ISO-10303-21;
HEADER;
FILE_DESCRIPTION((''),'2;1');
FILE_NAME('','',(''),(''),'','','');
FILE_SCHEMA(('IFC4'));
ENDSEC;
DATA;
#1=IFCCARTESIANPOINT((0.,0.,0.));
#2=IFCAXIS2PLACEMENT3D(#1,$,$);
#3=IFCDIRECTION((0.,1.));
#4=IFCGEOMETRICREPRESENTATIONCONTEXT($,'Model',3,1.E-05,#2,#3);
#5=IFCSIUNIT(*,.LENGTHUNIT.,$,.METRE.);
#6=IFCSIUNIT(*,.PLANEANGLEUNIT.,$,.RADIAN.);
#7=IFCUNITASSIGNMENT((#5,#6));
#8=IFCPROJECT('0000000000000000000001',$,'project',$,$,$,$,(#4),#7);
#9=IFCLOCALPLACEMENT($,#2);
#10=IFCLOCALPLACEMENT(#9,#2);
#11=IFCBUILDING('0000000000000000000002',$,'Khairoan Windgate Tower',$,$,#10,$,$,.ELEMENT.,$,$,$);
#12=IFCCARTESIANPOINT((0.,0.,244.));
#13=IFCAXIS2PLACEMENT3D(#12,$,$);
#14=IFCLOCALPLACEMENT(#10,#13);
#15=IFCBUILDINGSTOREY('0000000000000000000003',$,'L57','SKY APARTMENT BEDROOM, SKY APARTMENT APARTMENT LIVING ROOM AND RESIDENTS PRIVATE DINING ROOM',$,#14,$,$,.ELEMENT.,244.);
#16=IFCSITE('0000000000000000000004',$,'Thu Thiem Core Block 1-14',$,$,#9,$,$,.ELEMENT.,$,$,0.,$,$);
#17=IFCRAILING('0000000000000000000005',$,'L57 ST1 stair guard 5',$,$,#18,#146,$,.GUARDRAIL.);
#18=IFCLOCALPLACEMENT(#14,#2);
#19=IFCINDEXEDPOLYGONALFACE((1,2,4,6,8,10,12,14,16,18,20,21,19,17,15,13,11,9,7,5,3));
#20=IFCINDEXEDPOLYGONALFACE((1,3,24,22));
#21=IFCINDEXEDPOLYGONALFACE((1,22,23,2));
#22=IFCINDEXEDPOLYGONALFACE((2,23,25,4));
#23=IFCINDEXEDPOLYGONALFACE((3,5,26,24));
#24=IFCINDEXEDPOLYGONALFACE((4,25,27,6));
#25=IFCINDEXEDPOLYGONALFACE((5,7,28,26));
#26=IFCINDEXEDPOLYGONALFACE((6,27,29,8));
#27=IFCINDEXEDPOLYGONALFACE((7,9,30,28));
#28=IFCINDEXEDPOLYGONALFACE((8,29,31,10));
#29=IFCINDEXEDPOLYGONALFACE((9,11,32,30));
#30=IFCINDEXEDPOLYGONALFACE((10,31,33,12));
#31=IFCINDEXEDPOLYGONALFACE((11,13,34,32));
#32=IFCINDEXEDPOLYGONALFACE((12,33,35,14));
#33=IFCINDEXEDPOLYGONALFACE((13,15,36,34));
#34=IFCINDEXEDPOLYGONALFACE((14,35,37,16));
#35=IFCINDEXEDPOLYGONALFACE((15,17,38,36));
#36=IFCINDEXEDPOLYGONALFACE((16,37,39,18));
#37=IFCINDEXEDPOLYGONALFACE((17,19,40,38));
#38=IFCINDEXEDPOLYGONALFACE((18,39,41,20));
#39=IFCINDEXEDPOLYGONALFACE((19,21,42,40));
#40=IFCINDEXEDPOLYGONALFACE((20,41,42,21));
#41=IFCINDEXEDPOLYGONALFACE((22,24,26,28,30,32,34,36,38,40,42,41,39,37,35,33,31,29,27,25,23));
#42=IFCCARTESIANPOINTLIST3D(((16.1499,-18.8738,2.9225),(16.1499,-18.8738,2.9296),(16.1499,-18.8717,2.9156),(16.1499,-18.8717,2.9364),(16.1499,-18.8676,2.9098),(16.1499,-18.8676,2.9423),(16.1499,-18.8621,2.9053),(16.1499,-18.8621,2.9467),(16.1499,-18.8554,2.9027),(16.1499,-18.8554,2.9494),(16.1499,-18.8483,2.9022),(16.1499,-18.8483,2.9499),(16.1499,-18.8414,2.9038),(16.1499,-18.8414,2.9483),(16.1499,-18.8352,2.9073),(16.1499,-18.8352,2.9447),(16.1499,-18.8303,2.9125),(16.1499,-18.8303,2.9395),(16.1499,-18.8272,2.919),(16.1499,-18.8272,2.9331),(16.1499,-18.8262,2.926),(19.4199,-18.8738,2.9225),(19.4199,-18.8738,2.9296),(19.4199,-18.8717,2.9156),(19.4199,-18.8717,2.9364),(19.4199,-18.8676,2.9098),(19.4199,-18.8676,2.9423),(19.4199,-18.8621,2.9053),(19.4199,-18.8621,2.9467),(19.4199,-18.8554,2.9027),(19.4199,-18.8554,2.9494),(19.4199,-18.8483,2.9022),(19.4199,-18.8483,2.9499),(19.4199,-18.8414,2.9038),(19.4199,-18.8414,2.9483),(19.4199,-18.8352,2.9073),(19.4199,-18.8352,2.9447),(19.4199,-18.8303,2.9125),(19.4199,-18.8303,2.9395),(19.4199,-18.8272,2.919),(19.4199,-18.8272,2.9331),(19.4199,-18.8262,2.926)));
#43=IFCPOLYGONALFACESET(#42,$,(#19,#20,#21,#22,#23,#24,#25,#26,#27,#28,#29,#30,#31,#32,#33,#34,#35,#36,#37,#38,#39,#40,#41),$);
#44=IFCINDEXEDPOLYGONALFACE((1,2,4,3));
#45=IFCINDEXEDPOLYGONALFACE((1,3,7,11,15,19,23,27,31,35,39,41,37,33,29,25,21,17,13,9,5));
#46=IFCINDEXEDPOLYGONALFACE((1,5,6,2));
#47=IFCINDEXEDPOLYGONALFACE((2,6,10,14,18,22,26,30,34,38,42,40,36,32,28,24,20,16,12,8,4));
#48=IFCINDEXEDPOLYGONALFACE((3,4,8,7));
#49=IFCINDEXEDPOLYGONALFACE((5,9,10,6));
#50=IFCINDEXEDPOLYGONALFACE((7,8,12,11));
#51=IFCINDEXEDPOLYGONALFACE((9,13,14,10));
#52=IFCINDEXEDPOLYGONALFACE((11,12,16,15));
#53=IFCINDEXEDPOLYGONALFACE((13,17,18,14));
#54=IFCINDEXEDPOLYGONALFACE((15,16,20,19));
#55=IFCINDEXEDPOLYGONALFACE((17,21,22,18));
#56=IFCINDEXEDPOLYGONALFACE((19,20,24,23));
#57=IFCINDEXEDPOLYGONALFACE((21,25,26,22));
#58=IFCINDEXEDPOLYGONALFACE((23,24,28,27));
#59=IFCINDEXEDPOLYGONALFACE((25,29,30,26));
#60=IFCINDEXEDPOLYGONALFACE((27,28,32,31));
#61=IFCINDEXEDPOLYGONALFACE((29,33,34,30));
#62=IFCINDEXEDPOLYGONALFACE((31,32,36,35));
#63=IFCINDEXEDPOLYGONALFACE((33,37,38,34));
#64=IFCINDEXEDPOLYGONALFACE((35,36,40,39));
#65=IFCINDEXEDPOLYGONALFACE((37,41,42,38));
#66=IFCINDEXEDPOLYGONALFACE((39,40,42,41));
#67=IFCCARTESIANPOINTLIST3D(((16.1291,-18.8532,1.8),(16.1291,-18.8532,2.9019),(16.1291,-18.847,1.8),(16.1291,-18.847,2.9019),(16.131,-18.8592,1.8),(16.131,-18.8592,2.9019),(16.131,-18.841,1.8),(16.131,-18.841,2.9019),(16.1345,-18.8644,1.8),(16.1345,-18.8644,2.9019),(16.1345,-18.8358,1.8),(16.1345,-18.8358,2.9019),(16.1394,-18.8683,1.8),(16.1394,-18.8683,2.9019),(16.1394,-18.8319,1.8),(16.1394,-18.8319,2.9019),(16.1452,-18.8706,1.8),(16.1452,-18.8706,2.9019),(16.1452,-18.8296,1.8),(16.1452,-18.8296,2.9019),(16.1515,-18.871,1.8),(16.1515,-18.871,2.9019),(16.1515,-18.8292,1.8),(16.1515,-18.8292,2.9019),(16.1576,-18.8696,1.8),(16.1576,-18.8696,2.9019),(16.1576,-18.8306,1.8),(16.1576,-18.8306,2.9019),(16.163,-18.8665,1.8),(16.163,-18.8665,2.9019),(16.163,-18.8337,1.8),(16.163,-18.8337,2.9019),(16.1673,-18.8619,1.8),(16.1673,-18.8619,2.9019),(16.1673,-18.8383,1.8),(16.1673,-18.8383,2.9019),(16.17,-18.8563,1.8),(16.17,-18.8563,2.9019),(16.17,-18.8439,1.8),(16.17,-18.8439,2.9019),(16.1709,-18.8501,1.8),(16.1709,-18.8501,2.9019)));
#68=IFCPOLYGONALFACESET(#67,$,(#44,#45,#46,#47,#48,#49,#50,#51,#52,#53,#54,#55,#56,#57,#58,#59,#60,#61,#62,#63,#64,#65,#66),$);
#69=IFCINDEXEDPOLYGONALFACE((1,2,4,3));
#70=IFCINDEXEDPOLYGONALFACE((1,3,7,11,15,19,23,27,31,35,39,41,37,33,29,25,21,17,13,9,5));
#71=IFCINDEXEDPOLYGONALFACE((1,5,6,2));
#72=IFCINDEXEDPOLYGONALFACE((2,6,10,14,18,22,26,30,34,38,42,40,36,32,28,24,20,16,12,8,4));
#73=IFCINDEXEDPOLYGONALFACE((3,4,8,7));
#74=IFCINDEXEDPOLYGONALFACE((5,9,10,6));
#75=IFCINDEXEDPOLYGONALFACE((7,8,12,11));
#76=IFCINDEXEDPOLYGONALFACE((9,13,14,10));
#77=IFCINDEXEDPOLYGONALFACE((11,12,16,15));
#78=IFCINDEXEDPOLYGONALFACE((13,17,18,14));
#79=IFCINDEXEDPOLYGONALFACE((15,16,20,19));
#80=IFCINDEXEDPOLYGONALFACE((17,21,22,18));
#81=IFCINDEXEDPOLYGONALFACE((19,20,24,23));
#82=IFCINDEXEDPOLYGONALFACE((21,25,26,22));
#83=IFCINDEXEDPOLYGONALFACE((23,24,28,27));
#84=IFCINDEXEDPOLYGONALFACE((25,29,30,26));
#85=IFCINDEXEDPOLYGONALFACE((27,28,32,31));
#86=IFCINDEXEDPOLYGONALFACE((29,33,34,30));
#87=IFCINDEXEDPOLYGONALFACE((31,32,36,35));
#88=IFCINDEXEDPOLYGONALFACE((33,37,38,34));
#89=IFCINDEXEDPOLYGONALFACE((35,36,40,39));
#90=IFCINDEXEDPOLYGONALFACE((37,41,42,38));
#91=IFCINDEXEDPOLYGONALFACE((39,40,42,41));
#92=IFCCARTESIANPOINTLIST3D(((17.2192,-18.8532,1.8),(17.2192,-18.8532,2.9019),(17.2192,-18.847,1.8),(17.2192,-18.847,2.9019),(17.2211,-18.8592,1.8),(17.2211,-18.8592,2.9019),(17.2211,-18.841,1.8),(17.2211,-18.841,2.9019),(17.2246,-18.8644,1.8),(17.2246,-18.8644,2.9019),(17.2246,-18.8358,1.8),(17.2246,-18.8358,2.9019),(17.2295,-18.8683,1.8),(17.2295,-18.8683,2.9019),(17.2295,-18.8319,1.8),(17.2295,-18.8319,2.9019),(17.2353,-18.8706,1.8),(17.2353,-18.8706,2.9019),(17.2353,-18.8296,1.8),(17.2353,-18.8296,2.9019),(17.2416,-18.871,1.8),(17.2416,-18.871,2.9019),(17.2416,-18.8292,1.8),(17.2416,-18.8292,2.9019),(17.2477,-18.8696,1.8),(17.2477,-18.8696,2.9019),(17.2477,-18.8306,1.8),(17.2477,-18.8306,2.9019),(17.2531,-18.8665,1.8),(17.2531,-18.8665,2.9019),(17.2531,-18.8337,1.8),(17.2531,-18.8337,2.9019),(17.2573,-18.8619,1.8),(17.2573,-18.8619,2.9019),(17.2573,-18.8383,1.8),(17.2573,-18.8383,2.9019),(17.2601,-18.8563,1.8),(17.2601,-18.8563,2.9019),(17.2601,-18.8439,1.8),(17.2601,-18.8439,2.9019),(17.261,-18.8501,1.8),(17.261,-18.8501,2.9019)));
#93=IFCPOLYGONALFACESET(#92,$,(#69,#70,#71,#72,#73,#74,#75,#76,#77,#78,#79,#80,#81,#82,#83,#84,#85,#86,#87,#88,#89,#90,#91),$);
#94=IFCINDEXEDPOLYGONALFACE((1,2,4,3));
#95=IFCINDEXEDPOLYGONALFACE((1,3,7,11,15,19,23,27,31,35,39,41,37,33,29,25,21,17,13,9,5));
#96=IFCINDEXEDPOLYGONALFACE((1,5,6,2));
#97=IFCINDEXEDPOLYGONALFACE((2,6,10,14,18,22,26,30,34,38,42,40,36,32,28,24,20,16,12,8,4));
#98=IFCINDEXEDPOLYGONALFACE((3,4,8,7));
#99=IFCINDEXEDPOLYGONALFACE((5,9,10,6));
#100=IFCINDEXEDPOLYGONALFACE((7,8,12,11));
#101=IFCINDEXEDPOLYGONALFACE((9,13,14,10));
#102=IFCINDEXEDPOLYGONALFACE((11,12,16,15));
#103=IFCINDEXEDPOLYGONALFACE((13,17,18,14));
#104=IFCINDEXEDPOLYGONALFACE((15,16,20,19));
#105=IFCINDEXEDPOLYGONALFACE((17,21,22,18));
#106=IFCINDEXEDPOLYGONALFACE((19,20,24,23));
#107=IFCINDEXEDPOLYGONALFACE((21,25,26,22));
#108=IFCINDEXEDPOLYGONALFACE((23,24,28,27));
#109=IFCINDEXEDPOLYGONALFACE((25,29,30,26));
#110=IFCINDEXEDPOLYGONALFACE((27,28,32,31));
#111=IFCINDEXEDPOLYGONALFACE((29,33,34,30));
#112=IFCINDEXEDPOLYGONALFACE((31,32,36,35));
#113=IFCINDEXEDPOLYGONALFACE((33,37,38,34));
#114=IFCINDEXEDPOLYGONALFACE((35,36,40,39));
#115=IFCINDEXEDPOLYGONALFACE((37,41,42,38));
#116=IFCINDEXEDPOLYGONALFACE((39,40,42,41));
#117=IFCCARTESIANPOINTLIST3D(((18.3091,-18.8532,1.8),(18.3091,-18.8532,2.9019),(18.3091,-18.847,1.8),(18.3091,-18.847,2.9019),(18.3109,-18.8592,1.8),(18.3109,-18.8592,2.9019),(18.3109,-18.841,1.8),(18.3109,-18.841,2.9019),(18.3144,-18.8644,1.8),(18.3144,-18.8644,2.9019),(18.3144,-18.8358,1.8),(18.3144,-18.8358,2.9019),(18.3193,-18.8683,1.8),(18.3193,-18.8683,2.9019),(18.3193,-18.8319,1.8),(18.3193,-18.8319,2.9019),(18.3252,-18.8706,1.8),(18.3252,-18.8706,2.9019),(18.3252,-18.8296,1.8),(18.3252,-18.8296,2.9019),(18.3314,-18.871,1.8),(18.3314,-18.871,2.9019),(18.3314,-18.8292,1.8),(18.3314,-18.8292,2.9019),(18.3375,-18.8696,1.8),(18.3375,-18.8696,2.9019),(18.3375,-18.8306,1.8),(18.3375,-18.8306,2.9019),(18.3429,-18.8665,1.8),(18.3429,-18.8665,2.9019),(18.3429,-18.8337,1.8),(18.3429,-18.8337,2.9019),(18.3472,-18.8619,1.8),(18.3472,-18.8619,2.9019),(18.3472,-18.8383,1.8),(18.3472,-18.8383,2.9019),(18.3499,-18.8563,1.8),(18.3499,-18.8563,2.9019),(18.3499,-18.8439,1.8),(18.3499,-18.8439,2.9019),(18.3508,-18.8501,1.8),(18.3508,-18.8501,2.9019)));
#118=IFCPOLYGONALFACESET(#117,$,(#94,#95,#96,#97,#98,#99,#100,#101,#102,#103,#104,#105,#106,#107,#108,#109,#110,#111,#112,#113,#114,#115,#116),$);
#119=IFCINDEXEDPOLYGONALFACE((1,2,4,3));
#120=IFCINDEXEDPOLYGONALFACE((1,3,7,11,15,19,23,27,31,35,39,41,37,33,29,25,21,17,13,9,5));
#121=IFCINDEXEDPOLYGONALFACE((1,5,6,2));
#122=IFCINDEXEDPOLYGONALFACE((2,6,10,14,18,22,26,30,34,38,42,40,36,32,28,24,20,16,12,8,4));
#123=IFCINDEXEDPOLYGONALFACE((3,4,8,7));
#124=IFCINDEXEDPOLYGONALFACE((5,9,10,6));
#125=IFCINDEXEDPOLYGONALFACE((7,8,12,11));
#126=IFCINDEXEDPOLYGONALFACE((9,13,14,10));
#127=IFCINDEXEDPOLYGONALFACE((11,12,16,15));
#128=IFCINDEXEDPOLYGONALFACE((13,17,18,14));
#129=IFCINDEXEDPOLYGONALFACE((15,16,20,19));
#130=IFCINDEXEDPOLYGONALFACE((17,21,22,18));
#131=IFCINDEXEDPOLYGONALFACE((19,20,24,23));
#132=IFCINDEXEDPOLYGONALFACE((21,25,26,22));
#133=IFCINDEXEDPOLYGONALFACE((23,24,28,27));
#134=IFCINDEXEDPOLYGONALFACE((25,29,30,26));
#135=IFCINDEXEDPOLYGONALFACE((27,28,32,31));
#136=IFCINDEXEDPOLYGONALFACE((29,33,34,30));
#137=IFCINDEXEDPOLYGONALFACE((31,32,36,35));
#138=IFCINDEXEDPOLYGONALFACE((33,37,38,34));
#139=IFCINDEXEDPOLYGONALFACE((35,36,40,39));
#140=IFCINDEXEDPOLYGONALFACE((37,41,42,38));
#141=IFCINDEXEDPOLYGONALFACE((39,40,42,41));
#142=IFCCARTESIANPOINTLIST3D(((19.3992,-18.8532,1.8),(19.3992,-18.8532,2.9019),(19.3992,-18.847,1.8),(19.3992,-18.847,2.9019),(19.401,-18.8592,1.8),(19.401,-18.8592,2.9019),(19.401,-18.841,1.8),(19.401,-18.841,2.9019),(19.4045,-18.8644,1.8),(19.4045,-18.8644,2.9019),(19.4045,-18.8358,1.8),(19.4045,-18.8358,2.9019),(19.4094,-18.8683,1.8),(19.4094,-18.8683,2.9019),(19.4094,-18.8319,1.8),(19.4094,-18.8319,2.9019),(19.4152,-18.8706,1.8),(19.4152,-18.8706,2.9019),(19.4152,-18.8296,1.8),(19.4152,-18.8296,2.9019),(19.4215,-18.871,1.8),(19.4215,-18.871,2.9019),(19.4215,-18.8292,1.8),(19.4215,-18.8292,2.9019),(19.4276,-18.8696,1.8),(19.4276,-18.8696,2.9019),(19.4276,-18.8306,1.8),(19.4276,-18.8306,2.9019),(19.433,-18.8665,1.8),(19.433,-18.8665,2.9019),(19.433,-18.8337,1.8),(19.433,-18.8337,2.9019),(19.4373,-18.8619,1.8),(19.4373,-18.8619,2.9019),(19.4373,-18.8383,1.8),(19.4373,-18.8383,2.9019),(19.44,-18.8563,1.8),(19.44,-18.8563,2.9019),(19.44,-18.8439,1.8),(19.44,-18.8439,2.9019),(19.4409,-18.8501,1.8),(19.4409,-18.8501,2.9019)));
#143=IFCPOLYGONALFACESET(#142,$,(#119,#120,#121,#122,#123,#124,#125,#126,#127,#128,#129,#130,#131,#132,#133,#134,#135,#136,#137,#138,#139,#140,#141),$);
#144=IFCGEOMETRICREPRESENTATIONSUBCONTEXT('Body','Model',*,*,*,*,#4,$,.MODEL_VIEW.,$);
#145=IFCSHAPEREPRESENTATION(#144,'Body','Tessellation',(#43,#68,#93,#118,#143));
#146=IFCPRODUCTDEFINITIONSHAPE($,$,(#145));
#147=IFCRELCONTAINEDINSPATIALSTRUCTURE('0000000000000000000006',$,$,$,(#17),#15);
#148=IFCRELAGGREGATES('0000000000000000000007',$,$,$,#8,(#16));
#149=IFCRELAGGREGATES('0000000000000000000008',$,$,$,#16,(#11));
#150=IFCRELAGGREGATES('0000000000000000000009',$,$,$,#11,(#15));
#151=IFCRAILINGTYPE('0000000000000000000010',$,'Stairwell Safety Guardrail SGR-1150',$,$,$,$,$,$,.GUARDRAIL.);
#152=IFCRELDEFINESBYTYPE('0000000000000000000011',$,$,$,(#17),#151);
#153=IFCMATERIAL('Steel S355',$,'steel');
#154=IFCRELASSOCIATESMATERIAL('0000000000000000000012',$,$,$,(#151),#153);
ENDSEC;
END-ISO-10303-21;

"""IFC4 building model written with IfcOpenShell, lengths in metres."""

from ifc_helpers import new_model, si_unit, direction, frame, origin, origin_2d, place, context, subcontext, project, spatial, circle, extrude, material, type_object, element, save


model = new_model("IFC4")

# Units and contexts
model_context = context("Model", 3, precision=1e-05, world=origin(), true_north=direction((0.0, 1.0)))
body_context = subcontext(model_context, "Body", "Model", "MODEL_VIEW")
ifc_project = project(units=[si_unit("LENGTHUNIT", "METRE"), si_unit("PLANEANGLEUNIT", "RADIAN")], contexts=[model_context])

# Site, building, storey
site_placement = place(None, origin())
site = spatial("IfcSite", under=ifc_project, at=site_placement, Name="Thu Thiem Core Block 1-14", CompositionType="ELEMENT", RefElevation=0.0)
building_placement = place(site_placement, origin())
building = spatial("IfcBuilding", under=site, at=building_placement, Name="Khairoan Windgate Tower", CompositionType="ELEMENT")
storey_placement = place(building_placement, frame((0.0, 0.0, 244.0)))
storey = spatial("IfcBuildingStorey", under=building, at=storey_placement, Name="L57", Description="SKY APARTMENT BEDROOM, SKY APARTMENT APARTMENT LIVING ROOM AND RESIDENTS PRIVATE DINING ROOM", CompositionType="ELEMENT", Elevation=244.0)

# Railing
ifc_material_1 = material(Name="Steel S355", Category="steel")
railing_type = type_object("IfcRailingType", Name="Stairwell Safety Guardrail SGR-1150", PredefinedType="GUARDRAIL", material=ifc_material_1)
railing_placement = place(storey_placement, frame((16.1499, -18.8501, 1.8)))
element("IfcRailing", 1, at=railing_placement, inside=storey, type_object=railing_type, Name="L57 ST1 stair guard 5", PredefinedType="GUARDRAIL", context=body_context, shape_type="SweptSolid", body=[
    extrude(circle(Radius=0.0239, at=origin_2d()), frame((0.0, 0.0, 1.126), z_axis=(1.0, 0.0, 0.0), x_axis=(0.0, 1.0, 0.0)), (0.0, 0.0, 1.0), 3.27),
    extrude(circle(Radius=0.021, at=origin_2d()), origin(), (0.0, 0.0, 1.0), 1.1018),
    extrude(circle(Radius=0.021, at=origin_2d()), frame((1.0901, 0.0, 0.0)), (0.0, 0.0, 1.0), 1.1018),
    extrude(circle(Radius=0.021, at=origin_2d()), frame((2.1799, 0.0, 0.0)), (0.0, 0.0, 1.0), 1.1018),
    extrude(circle(Radius=0.021, at=origin_2d()), frame((3.27, 0.0, 0.0)), (0.0, 0.0, 1.0), 1.1018),
])

save(model, "model.ifc")
